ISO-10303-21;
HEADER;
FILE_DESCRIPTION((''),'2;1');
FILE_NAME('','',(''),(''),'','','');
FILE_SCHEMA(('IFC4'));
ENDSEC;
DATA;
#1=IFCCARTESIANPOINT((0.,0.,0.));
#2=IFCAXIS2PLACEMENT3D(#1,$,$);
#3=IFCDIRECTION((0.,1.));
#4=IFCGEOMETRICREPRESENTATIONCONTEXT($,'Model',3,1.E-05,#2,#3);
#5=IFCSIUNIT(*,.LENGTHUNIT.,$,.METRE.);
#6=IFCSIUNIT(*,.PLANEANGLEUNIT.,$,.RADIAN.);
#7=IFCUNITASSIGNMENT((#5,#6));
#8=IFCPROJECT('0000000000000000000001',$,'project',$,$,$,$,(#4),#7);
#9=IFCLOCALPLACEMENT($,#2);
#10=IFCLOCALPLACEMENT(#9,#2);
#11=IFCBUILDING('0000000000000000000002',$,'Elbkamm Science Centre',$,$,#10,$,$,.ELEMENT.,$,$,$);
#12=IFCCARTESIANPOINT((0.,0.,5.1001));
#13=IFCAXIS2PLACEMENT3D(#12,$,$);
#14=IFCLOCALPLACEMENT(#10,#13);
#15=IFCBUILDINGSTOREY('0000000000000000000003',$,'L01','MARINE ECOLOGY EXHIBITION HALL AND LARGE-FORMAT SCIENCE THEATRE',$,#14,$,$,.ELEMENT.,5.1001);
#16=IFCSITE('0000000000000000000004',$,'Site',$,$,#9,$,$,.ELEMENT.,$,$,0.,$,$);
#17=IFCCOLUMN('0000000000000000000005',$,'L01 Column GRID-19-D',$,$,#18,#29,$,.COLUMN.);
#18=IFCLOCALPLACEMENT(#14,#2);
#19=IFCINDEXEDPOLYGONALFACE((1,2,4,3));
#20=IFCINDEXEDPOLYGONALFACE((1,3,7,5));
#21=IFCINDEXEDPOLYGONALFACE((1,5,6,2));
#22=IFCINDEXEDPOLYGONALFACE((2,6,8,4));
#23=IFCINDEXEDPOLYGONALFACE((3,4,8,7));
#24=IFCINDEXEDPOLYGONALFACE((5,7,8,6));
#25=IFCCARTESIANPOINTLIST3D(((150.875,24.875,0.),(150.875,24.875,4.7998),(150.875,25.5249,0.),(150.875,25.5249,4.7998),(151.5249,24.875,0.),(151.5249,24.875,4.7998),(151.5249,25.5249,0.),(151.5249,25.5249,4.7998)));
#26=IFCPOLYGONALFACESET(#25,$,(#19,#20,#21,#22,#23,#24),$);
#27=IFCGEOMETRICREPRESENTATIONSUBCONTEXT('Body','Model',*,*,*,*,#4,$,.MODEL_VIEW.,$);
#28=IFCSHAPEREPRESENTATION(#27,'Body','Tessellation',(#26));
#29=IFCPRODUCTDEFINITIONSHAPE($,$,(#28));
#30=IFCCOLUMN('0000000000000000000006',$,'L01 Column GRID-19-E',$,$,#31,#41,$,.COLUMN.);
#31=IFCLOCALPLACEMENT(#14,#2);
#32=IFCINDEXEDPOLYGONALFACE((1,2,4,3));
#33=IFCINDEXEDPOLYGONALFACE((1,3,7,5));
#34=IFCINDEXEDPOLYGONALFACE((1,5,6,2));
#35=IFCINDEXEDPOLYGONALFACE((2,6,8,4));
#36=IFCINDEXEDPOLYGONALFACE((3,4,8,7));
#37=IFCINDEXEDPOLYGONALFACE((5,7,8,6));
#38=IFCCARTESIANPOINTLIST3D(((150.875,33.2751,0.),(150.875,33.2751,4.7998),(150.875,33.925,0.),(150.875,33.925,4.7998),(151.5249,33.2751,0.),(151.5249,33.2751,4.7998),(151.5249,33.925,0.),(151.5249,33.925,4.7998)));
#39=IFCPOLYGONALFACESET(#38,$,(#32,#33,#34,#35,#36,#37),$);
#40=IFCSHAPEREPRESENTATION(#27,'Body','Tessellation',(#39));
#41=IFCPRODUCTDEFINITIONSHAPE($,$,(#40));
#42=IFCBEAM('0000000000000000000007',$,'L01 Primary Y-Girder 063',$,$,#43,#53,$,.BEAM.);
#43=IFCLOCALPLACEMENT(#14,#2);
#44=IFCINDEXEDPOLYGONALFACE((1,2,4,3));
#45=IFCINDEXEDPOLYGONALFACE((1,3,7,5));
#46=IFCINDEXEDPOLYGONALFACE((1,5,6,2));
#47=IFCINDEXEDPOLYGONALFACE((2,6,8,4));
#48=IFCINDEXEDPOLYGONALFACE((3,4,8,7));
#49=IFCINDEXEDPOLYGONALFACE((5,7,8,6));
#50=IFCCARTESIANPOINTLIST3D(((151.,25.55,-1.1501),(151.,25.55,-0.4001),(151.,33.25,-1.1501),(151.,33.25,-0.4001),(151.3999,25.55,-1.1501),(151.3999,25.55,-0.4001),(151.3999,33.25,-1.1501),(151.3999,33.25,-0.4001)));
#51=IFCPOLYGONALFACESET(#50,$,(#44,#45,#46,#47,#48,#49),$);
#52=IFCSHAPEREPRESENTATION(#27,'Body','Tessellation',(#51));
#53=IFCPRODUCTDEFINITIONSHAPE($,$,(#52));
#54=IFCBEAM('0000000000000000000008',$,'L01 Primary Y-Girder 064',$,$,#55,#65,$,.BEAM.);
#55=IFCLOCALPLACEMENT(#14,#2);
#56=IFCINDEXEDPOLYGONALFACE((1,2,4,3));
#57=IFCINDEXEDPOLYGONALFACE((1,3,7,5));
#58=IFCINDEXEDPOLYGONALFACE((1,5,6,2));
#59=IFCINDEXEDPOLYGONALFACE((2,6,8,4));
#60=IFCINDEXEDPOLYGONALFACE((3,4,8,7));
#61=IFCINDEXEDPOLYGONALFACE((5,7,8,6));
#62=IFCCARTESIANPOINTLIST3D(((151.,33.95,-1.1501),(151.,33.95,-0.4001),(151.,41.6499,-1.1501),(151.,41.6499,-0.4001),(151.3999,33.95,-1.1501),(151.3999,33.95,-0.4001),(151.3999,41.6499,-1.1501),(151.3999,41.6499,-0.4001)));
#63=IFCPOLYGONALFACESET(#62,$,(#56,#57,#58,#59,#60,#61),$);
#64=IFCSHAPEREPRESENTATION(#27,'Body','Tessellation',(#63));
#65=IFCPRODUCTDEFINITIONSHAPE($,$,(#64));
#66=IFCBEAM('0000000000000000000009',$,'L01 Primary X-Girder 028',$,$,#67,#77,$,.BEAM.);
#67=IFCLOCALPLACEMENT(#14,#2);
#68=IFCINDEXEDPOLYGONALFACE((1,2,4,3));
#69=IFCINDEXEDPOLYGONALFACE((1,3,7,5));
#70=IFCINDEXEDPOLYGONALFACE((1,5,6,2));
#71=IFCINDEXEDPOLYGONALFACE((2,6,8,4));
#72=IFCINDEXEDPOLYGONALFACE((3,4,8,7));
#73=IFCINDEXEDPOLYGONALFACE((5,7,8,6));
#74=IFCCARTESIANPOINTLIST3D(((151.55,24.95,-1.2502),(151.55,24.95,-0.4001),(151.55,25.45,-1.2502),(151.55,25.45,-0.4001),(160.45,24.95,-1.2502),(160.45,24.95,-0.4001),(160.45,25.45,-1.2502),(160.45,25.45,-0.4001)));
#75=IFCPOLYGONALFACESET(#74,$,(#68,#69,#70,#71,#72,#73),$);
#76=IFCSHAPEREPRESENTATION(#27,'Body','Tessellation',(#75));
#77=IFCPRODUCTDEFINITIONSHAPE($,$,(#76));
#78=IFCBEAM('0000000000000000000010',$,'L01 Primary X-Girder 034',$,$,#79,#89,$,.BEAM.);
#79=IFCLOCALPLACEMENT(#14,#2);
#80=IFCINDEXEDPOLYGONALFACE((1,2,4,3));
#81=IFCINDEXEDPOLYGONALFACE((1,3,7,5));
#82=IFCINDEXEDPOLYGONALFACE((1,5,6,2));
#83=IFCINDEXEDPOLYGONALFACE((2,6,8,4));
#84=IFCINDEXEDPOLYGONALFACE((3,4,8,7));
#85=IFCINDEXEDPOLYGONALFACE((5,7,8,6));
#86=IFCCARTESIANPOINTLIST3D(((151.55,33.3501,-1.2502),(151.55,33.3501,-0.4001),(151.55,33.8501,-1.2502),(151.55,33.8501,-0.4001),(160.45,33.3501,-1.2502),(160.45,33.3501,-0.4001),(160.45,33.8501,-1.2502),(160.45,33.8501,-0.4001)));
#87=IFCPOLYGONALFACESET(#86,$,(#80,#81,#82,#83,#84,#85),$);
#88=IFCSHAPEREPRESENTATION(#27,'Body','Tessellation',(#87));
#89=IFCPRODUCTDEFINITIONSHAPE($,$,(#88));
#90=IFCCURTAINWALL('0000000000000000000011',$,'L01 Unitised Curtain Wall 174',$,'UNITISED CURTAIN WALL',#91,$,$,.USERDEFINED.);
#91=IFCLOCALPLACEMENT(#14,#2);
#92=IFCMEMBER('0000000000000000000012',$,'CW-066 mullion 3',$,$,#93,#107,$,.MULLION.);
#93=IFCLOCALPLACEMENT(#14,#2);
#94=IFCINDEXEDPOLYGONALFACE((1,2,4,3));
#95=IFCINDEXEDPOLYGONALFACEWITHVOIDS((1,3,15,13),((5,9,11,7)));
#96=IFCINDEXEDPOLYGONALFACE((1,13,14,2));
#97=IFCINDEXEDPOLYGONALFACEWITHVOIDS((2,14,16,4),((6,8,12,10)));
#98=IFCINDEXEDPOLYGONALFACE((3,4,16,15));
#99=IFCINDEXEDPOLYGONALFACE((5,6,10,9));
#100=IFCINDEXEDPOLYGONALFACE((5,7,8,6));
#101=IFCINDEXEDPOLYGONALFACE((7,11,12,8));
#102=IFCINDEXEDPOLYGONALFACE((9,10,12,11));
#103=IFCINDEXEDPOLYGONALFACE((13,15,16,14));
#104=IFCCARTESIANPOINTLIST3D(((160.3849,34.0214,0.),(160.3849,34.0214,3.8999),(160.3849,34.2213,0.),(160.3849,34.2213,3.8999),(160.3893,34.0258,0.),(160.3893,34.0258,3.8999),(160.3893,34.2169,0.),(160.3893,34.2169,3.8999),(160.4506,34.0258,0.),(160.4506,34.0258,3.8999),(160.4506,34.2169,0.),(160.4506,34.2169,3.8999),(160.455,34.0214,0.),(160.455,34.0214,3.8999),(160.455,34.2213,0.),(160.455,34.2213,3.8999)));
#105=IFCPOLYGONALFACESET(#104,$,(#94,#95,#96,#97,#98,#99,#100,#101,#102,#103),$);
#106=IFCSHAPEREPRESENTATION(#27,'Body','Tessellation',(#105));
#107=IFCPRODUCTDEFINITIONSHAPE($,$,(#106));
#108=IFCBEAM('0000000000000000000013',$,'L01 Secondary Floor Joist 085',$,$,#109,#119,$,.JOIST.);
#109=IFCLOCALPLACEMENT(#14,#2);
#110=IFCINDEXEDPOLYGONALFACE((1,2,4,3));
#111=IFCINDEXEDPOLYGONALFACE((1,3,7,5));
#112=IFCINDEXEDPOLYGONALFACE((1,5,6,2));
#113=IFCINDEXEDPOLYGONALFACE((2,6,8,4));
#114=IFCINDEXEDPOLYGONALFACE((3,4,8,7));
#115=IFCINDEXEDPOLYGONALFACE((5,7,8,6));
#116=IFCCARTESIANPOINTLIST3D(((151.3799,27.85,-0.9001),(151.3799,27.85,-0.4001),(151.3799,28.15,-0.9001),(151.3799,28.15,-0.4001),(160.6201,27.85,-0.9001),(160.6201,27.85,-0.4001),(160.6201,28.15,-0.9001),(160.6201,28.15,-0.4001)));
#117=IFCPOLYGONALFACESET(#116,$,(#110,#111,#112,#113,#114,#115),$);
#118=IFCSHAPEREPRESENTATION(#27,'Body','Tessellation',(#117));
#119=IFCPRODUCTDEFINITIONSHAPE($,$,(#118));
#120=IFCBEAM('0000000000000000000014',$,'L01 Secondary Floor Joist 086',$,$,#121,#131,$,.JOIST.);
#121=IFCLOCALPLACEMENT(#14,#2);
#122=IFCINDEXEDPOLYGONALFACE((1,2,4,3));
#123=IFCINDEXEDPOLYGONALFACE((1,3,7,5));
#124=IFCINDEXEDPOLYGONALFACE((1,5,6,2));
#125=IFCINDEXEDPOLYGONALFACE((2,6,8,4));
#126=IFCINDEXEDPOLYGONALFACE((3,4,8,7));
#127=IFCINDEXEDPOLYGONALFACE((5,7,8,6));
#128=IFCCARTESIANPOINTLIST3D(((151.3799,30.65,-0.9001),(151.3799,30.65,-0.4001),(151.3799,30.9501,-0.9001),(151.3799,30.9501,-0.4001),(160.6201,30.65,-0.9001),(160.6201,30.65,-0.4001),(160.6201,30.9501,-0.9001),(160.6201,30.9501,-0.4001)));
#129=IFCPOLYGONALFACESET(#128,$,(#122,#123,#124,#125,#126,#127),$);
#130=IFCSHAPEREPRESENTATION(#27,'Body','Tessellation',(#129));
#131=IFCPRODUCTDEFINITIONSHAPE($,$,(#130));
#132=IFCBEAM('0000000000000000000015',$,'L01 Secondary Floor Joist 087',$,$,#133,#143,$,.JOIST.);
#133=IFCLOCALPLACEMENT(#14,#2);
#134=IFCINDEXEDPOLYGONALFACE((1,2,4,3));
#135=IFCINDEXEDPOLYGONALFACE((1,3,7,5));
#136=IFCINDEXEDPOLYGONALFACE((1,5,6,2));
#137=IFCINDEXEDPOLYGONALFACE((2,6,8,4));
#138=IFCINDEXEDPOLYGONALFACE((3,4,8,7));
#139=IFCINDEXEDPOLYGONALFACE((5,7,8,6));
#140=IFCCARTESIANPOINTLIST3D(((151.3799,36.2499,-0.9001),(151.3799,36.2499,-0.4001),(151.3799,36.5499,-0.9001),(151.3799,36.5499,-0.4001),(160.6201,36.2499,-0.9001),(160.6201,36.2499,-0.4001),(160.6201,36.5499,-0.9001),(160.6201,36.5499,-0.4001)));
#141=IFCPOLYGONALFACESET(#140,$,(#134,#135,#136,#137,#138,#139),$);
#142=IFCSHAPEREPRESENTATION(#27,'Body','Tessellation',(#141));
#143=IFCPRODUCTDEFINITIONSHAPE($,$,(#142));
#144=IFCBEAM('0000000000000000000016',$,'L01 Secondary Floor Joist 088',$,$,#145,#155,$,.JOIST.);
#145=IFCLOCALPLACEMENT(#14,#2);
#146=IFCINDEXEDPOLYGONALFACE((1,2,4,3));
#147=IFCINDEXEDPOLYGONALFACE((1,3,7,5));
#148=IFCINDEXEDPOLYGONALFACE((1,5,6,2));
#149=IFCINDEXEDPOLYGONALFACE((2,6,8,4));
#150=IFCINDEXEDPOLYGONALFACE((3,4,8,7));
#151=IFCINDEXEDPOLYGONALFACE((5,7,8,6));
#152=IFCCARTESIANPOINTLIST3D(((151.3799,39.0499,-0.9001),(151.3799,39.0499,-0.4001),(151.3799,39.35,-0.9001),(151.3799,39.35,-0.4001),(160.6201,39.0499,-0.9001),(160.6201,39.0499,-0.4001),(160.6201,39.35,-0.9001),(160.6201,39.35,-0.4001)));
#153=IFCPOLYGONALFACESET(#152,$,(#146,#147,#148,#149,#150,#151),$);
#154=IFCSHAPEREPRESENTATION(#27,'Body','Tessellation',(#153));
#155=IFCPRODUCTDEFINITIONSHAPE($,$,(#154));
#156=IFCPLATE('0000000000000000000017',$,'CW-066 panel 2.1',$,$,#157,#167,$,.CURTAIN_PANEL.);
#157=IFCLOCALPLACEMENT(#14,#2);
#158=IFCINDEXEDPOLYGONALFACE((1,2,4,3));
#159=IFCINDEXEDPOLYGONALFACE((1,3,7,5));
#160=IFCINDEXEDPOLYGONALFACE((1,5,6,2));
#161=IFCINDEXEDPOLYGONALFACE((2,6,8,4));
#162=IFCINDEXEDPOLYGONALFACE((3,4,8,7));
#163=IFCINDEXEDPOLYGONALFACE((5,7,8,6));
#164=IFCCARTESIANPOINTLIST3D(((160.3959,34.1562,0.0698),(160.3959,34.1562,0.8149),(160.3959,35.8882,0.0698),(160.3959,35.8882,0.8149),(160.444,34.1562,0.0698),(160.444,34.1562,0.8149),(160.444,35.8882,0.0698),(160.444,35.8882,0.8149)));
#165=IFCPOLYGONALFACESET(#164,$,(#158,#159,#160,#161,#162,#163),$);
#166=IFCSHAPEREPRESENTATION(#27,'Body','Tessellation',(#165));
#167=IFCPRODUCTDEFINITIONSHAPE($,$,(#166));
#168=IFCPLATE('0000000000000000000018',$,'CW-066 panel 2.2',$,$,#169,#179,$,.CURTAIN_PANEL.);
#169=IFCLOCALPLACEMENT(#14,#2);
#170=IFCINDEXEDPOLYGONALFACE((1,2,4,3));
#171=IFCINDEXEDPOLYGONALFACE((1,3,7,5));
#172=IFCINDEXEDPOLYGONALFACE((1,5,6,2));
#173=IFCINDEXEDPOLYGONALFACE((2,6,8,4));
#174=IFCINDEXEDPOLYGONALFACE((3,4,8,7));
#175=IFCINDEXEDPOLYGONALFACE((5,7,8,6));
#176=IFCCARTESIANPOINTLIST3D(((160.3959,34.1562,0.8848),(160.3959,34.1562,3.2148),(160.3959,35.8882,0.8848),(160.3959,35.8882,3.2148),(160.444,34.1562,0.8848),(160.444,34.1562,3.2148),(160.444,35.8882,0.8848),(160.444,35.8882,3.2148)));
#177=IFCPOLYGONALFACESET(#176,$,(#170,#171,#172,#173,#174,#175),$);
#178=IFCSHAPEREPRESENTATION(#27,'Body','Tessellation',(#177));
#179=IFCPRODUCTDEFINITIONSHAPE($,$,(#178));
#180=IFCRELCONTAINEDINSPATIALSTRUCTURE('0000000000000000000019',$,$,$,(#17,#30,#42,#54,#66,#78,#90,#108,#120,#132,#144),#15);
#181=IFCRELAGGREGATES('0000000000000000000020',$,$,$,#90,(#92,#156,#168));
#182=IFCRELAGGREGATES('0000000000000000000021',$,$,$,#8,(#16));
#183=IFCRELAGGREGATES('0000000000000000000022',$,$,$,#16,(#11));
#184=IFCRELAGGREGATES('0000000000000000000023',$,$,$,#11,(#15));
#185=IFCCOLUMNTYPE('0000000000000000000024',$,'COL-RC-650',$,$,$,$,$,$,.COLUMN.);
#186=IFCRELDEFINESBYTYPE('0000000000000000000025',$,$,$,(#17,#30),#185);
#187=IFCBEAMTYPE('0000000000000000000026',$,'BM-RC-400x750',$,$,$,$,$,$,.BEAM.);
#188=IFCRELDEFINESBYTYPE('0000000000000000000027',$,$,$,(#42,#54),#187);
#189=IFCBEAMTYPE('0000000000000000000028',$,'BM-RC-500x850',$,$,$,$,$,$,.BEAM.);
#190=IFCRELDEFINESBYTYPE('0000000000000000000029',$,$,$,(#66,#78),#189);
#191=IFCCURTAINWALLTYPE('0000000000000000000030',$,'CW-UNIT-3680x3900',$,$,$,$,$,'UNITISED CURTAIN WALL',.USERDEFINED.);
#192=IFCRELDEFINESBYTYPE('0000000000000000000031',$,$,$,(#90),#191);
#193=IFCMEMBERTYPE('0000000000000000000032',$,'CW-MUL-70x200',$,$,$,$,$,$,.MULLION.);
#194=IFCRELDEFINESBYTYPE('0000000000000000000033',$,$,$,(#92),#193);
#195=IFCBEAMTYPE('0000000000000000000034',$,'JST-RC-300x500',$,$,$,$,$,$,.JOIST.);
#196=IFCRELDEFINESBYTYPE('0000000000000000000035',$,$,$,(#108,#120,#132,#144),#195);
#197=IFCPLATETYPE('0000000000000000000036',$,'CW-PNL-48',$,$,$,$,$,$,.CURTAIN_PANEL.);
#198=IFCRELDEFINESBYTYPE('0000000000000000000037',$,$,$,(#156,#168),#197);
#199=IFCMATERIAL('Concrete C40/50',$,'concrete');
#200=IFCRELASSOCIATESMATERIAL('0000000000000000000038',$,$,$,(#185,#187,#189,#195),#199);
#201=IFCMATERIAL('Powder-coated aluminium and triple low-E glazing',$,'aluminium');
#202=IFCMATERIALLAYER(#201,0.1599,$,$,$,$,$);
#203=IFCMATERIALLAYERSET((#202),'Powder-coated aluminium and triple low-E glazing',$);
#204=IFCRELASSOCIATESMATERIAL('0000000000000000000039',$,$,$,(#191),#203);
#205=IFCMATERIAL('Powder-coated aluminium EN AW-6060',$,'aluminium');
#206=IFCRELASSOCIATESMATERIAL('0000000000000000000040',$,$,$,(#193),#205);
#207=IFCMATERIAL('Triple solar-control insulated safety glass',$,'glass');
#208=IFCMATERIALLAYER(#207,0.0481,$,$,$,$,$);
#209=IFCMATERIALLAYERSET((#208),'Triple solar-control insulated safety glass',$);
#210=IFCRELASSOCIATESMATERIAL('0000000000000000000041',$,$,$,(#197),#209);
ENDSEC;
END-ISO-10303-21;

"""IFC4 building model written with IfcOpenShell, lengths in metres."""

from ifc_helpers import new_model, si_unit, direction, frame, origin, origin_2d, place, context, subcontext, project, spatial, rectangle, hollow_rectangle, extrude, material, layer, layer_set, material_profile, profile_set, type_object, element, aggregate, save


model = new_model("IFC4")

# Units and contexts
model_context = context("Model", 3, precision=1e-05, world=origin(), true_north=direction((0.0, 1.0)))
body_context = subcontext(model_context, "Body", "Model", "MODEL_VIEW")
ifc_project = project(units=[si_unit("LENGTHUNIT", "METRE"), si_unit("PLANEANGLEUNIT", "RADIAN")], contexts=[model_context])

# Site, building, storey
site_placement = place(None, origin())
site = spatial("IfcSite", under=ifc_project, at=site_placement, Name="Site", CompositionType="ELEMENT", RefElevation=0.0)
building_placement = place(site_placement, origin())
building = spatial("IfcBuilding", under=site, at=building_placement, Name="Elbkamm Science Centre", CompositionType="ELEMENT")
storey_placement = place(building_placement, frame((0.0, 0.0, 5.1001)))
storey = spatial("IfcBuildingStorey", under=building, at=storey_placement, Name="L01", Description="MARINE ECOLOGY EXHIBITION HALL AND LARGE-FORMAT SCIENCE THEATRE", CompositionType="ELEMENT", Elevation=5.1001)

# Columns
ifc_material_1 = material(Name="Concrete C40/50", Category="concrete")
ifc_material_profile_1 = material_profile(ifc_material_1, rectangle(XDim=0.6499, YDim=0.6499, at=origin_2d()), Name="RC 650x650")
ifc_profile_set_1 = profile_set([ifc_material_profile_1], Name="Concrete C40/50")
column_type = type_object("IfcColumnType", Name="COL-RC-650", PredefinedType="COLUMN", material=ifc_profile_set_1)
for number, where, z_axis, x_axis, name in (
    (1, (151.2, 25.2, 0.0), (0.0, 0.0, 1.0), (1.0, 0.0, 0.0), "L01 Column GRID-19-D"),
    (2, (151.2, 33.6001, 0.0), (0.0, 0.0, 1.0), (1.0, 0.0, 0.0), "L01 Column GRID-19-E"),
):
    element("IfcColumn", number, at=place(storey_placement, frame(where, z_axis=z_axis, x_axis=x_axis)), inside=storey, type_object=column_type, Name=name, PredefinedType="COLUMN", context=body_context, shape_type="SweptSolid", body=[
        extrude(rectangle(XDim=0.6499, YDim=0.6499, at=origin_2d()), origin(), (0.0, 0.0, 1.0), 4.7998),
    ])

# Beams
ifc_material_profile_2 = material_profile(ifc_material_1, rectangle(XDim=0.3999, YDim=0.75, at=origin_2d()), Name="RC 400x750")
ifc_profile_set_2 = profile_set([ifc_material_profile_2], Name="Concrete C40/50")
beam_type_1 = type_object("IfcBeamType", Name="BM-RC-400x750", PredefinedType="BEAM", material=ifc_profile_set_2)
for number, where, z_axis, x_axis, name in (
    (3, (151.2, 25.55, -0.7751), (0.0, 1.0, 0.0), (-1.0, 0.0, 0.0), "L01 Primary Y-Girder 063"),
    (4, (151.2, 33.95, -0.7751), (0.0, 1.0, 0.0), (-1.0, 0.0, 0.0), "L01 Primary Y-Girder 064"),
):
    element("IfcBeam", number, at=place(storey_placement, frame(where, z_axis=z_axis, x_axis=x_axis)), inside=storey, type_object=beam_type_1, Name=name, PredefinedType="BEAM", context=body_context, shape_type="SweptSolid", body=[
        extrude(rectangle(XDim=0.3999, YDim=0.75, at=origin_2d()), origin(), (0.0, 0.0, 1.0), 7.7),
    ])
ifc_material_profile_3 = material_profile(ifc_material_1, rectangle(XDim=0.5, YDim=0.8501, at=origin_2d()), Name="RC 500x850")
ifc_profile_set_3 = profile_set([ifc_material_profile_3], Name="Concrete C40/50")
beam_type_2 = type_object("IfcBeamType", Name="BM-RC-500x850", PredefinedType="BEAM", material=ifc_profile_set_3)
for number, where, z_axis, x_axis, name in (
    (5, (151.55, 25.2, -0.8252), (1.0, 0.0, 0.0), (0.0, 1.0, 0.0), "L01 Primary X-Girder 028"),
    (6, (151.55, 33.6001, -0.8252), (1.0, 0.0, 0.0), (0.0, 1.0, 0.0), "L01 Primary X-Girder 034"),
):
    element("IfcBeam", number, at=place(storey_placement, frame(where, z_axis=z_axis, x_axis=x_axis)), inside=storey, type_object=beam_type_2, Name=name, PredefinedType="BEAM", context=body_context, shape_type="SweptSolid", body=[
        extrude(rectangle(XDim=0.5, YDim=0.8501, at=origin_2d()), origin(), (0.0, 0.0, 1.0), 8.8999),
    ])

# Curtain wall, member
ifc_material_2 = material(Name="Powder-coated aluminium and triple low-E glazing", Category="aluminium")
ifc_layer_1 = layer(ifc_material_2, 0.1599)
ifc_layer_set_1 = layer_set([ifc_layer_1], Name="Powder-coated aluminium and triple low-E glazing")
curtain_wall_type = type_object("IfcCurtainWallType", Name="CW-UNIT-3680x3900", ElementType="UNITISED CURTAIN WALL", PredefinedType="USERDEFINED", material=ifc_layer_set_1)
curtain_wall_placement = place(storey_placement, origin())
curtain_wall = element("IfcCurtainWall", 7, at=curtain_wall_placement, inside=storey, type_object=curtain_wall_type, Name="L01 Unitised Curtain Wall 174", ObjectType="UNITISED CURTAIN WALL", PredefinedType="USERDEFINED")
ifc_material_3 = material(Name="Powder-coated aluminium EN AW-6060", Category="aluminium")
ifc_material_profile_4 = material_profile(ifc_material_3, hollow_rectangle(XDim=0.0701, YDim=0.2, WallThickness=0.0044, at=origin_2d()), Name="ALU M70x200")
ifc_profile_set_4 = profile_set([ifc_material_profile_4], Name="Powder-coated aluminium EN AW-6060")
member_type = type_object("IfcMemberType", Name="CW-MUL-70x200", PredefinedType="MULLION", material=ifc_profile_set_4)
member_placement = place(storey_placement, frame((160.4199, 34.1213, 0.0), z_axis=(0.0, 0.0, 1.0), x_axis=(1.0, 0.0, 0.0)))
member = element("IfcMember", 8, at=member_placement, type_object=member_type, Name="CW-066 mullion 3", PredefinedType="MULLION", context=body_context, shape_type="SweptSolid", body=[
    extrude(hollow_rectangle(XDim=0.0701, YDim=0.2, WallThickness=0.0044, at=origin_2d()), origin(), (0.0, 0.0, 1.0), 3.8999),
])

# Beams
ifc_material_profile_5 = material_profile(ifc_material_1, rectangle(XDim=0.3, YDim=0.5, at=origin_2d()), Name="RC 300x500")
ifc_profile_set_5 = profile_set([ifc_material_profile_5], Name="Concrete C40/50")
beam_type_3 = type_object("IfcBeamType", Name="JST-RC-300x500", PredefinedType="JOIST", material=ifc_profile_set_5)
for number, where, z_axis, x_axis, name in (
    (9, (151.3799, 28.0, -0.6501), (1.0, 0.0, 0.0), (0.0, 1.0, 0.0), "L01 Secondary Floor Joist 085"),
    (10, (151.3799, 30.8, -0.6501), (1.0, 0.0, 0.0), (0.0, 1.0, 0.0), "L01 Secondary Floor Joist 086"),
    (11, (151.3799, 36.3999, -0.6501), (1.0, 0.0, 0.0), (0.0, 1.0, 0.0), "L01 Secondary Floor Joist 087"),
    (12, (151.3799, 39.2, -0.6501), (1.0, 0.0, 0.0), (0.0, 1.0, 0.0), "L01 Secondary Floor Joist 088"),
):
    element("IfcBeam", number, at=place(storey_placement, frame(where, z_axis=z_axis, x_axis=x_axis)), inside=storey, type_object=beam_type_3, Name=name, PredefinedType="JOIST", context=body_context, shape_type="SweptSolid", body=[
        extrude(rectangle(XDim=0.3, YDim=0.5, at=origin_2d()), origin(), (0.0, 0.0, 1.0), 9.2402),
    ])

# Plates
ifc_material_4 = material(Name="Triple solar-control insulated safety glass", Category="glass")
ifc_layer_2 = layer(ifc_material_4, 0.0481)
ifc_layer_set_2 = layer_set([ifc_layer_2], Name="Triple solar-control insulated safety glass")
plate_type = type_object("IfcPlateType", Name="CW-PNL-48", PredefinedType="CURTAIN_PANEL", material=ifc_layer_set_2)
plate_1_placement = place(storey_placement, frame((160.4199, 35.0222, 0.0698), z_axis=(0.0, 0.0, 1.0), x_axis=(0.0, -1.0, 0.0)))
plate_1 = element("IfcPlate", 13, at=plate_1_placement, type_object=plate_type, Name="CW-066 panel 2.1", PredefinedType="CURTAIN_PANEL", context=body_context, shape_type="SweptSolid", body=[
    extrude(rectangle(XDim=1.7319, YDim=0.0481, at=origin_2d()), origin(), (0.0, 0.0, 1.0), 0.7451),
])
plate_2_placement = place(storey_placement, frame((160.4199, 35.0222, 0.8848), z_axis=(0.0, 0.0, 1.0), x_axis=(0.0, -1.0, 0.0)))
plate_2 = element("IfcPlate", 14, at=plate_2_placement, type_object=plate_type, Name="CW-066 panel 2.2", PredefinedType="CURTAIN_PANEL", context=body_context, shape_type="SweptSolid", body=[
    extrude(rectangle(XDim=1.7319, YDim=0.0481, at=origin_2d()), origin(), (0.0, 0.0, 1.0), 2.3301),
])
aggregate(curtain_wall, [member, plate_1, plate_2])

save(model, "model.ifc")
